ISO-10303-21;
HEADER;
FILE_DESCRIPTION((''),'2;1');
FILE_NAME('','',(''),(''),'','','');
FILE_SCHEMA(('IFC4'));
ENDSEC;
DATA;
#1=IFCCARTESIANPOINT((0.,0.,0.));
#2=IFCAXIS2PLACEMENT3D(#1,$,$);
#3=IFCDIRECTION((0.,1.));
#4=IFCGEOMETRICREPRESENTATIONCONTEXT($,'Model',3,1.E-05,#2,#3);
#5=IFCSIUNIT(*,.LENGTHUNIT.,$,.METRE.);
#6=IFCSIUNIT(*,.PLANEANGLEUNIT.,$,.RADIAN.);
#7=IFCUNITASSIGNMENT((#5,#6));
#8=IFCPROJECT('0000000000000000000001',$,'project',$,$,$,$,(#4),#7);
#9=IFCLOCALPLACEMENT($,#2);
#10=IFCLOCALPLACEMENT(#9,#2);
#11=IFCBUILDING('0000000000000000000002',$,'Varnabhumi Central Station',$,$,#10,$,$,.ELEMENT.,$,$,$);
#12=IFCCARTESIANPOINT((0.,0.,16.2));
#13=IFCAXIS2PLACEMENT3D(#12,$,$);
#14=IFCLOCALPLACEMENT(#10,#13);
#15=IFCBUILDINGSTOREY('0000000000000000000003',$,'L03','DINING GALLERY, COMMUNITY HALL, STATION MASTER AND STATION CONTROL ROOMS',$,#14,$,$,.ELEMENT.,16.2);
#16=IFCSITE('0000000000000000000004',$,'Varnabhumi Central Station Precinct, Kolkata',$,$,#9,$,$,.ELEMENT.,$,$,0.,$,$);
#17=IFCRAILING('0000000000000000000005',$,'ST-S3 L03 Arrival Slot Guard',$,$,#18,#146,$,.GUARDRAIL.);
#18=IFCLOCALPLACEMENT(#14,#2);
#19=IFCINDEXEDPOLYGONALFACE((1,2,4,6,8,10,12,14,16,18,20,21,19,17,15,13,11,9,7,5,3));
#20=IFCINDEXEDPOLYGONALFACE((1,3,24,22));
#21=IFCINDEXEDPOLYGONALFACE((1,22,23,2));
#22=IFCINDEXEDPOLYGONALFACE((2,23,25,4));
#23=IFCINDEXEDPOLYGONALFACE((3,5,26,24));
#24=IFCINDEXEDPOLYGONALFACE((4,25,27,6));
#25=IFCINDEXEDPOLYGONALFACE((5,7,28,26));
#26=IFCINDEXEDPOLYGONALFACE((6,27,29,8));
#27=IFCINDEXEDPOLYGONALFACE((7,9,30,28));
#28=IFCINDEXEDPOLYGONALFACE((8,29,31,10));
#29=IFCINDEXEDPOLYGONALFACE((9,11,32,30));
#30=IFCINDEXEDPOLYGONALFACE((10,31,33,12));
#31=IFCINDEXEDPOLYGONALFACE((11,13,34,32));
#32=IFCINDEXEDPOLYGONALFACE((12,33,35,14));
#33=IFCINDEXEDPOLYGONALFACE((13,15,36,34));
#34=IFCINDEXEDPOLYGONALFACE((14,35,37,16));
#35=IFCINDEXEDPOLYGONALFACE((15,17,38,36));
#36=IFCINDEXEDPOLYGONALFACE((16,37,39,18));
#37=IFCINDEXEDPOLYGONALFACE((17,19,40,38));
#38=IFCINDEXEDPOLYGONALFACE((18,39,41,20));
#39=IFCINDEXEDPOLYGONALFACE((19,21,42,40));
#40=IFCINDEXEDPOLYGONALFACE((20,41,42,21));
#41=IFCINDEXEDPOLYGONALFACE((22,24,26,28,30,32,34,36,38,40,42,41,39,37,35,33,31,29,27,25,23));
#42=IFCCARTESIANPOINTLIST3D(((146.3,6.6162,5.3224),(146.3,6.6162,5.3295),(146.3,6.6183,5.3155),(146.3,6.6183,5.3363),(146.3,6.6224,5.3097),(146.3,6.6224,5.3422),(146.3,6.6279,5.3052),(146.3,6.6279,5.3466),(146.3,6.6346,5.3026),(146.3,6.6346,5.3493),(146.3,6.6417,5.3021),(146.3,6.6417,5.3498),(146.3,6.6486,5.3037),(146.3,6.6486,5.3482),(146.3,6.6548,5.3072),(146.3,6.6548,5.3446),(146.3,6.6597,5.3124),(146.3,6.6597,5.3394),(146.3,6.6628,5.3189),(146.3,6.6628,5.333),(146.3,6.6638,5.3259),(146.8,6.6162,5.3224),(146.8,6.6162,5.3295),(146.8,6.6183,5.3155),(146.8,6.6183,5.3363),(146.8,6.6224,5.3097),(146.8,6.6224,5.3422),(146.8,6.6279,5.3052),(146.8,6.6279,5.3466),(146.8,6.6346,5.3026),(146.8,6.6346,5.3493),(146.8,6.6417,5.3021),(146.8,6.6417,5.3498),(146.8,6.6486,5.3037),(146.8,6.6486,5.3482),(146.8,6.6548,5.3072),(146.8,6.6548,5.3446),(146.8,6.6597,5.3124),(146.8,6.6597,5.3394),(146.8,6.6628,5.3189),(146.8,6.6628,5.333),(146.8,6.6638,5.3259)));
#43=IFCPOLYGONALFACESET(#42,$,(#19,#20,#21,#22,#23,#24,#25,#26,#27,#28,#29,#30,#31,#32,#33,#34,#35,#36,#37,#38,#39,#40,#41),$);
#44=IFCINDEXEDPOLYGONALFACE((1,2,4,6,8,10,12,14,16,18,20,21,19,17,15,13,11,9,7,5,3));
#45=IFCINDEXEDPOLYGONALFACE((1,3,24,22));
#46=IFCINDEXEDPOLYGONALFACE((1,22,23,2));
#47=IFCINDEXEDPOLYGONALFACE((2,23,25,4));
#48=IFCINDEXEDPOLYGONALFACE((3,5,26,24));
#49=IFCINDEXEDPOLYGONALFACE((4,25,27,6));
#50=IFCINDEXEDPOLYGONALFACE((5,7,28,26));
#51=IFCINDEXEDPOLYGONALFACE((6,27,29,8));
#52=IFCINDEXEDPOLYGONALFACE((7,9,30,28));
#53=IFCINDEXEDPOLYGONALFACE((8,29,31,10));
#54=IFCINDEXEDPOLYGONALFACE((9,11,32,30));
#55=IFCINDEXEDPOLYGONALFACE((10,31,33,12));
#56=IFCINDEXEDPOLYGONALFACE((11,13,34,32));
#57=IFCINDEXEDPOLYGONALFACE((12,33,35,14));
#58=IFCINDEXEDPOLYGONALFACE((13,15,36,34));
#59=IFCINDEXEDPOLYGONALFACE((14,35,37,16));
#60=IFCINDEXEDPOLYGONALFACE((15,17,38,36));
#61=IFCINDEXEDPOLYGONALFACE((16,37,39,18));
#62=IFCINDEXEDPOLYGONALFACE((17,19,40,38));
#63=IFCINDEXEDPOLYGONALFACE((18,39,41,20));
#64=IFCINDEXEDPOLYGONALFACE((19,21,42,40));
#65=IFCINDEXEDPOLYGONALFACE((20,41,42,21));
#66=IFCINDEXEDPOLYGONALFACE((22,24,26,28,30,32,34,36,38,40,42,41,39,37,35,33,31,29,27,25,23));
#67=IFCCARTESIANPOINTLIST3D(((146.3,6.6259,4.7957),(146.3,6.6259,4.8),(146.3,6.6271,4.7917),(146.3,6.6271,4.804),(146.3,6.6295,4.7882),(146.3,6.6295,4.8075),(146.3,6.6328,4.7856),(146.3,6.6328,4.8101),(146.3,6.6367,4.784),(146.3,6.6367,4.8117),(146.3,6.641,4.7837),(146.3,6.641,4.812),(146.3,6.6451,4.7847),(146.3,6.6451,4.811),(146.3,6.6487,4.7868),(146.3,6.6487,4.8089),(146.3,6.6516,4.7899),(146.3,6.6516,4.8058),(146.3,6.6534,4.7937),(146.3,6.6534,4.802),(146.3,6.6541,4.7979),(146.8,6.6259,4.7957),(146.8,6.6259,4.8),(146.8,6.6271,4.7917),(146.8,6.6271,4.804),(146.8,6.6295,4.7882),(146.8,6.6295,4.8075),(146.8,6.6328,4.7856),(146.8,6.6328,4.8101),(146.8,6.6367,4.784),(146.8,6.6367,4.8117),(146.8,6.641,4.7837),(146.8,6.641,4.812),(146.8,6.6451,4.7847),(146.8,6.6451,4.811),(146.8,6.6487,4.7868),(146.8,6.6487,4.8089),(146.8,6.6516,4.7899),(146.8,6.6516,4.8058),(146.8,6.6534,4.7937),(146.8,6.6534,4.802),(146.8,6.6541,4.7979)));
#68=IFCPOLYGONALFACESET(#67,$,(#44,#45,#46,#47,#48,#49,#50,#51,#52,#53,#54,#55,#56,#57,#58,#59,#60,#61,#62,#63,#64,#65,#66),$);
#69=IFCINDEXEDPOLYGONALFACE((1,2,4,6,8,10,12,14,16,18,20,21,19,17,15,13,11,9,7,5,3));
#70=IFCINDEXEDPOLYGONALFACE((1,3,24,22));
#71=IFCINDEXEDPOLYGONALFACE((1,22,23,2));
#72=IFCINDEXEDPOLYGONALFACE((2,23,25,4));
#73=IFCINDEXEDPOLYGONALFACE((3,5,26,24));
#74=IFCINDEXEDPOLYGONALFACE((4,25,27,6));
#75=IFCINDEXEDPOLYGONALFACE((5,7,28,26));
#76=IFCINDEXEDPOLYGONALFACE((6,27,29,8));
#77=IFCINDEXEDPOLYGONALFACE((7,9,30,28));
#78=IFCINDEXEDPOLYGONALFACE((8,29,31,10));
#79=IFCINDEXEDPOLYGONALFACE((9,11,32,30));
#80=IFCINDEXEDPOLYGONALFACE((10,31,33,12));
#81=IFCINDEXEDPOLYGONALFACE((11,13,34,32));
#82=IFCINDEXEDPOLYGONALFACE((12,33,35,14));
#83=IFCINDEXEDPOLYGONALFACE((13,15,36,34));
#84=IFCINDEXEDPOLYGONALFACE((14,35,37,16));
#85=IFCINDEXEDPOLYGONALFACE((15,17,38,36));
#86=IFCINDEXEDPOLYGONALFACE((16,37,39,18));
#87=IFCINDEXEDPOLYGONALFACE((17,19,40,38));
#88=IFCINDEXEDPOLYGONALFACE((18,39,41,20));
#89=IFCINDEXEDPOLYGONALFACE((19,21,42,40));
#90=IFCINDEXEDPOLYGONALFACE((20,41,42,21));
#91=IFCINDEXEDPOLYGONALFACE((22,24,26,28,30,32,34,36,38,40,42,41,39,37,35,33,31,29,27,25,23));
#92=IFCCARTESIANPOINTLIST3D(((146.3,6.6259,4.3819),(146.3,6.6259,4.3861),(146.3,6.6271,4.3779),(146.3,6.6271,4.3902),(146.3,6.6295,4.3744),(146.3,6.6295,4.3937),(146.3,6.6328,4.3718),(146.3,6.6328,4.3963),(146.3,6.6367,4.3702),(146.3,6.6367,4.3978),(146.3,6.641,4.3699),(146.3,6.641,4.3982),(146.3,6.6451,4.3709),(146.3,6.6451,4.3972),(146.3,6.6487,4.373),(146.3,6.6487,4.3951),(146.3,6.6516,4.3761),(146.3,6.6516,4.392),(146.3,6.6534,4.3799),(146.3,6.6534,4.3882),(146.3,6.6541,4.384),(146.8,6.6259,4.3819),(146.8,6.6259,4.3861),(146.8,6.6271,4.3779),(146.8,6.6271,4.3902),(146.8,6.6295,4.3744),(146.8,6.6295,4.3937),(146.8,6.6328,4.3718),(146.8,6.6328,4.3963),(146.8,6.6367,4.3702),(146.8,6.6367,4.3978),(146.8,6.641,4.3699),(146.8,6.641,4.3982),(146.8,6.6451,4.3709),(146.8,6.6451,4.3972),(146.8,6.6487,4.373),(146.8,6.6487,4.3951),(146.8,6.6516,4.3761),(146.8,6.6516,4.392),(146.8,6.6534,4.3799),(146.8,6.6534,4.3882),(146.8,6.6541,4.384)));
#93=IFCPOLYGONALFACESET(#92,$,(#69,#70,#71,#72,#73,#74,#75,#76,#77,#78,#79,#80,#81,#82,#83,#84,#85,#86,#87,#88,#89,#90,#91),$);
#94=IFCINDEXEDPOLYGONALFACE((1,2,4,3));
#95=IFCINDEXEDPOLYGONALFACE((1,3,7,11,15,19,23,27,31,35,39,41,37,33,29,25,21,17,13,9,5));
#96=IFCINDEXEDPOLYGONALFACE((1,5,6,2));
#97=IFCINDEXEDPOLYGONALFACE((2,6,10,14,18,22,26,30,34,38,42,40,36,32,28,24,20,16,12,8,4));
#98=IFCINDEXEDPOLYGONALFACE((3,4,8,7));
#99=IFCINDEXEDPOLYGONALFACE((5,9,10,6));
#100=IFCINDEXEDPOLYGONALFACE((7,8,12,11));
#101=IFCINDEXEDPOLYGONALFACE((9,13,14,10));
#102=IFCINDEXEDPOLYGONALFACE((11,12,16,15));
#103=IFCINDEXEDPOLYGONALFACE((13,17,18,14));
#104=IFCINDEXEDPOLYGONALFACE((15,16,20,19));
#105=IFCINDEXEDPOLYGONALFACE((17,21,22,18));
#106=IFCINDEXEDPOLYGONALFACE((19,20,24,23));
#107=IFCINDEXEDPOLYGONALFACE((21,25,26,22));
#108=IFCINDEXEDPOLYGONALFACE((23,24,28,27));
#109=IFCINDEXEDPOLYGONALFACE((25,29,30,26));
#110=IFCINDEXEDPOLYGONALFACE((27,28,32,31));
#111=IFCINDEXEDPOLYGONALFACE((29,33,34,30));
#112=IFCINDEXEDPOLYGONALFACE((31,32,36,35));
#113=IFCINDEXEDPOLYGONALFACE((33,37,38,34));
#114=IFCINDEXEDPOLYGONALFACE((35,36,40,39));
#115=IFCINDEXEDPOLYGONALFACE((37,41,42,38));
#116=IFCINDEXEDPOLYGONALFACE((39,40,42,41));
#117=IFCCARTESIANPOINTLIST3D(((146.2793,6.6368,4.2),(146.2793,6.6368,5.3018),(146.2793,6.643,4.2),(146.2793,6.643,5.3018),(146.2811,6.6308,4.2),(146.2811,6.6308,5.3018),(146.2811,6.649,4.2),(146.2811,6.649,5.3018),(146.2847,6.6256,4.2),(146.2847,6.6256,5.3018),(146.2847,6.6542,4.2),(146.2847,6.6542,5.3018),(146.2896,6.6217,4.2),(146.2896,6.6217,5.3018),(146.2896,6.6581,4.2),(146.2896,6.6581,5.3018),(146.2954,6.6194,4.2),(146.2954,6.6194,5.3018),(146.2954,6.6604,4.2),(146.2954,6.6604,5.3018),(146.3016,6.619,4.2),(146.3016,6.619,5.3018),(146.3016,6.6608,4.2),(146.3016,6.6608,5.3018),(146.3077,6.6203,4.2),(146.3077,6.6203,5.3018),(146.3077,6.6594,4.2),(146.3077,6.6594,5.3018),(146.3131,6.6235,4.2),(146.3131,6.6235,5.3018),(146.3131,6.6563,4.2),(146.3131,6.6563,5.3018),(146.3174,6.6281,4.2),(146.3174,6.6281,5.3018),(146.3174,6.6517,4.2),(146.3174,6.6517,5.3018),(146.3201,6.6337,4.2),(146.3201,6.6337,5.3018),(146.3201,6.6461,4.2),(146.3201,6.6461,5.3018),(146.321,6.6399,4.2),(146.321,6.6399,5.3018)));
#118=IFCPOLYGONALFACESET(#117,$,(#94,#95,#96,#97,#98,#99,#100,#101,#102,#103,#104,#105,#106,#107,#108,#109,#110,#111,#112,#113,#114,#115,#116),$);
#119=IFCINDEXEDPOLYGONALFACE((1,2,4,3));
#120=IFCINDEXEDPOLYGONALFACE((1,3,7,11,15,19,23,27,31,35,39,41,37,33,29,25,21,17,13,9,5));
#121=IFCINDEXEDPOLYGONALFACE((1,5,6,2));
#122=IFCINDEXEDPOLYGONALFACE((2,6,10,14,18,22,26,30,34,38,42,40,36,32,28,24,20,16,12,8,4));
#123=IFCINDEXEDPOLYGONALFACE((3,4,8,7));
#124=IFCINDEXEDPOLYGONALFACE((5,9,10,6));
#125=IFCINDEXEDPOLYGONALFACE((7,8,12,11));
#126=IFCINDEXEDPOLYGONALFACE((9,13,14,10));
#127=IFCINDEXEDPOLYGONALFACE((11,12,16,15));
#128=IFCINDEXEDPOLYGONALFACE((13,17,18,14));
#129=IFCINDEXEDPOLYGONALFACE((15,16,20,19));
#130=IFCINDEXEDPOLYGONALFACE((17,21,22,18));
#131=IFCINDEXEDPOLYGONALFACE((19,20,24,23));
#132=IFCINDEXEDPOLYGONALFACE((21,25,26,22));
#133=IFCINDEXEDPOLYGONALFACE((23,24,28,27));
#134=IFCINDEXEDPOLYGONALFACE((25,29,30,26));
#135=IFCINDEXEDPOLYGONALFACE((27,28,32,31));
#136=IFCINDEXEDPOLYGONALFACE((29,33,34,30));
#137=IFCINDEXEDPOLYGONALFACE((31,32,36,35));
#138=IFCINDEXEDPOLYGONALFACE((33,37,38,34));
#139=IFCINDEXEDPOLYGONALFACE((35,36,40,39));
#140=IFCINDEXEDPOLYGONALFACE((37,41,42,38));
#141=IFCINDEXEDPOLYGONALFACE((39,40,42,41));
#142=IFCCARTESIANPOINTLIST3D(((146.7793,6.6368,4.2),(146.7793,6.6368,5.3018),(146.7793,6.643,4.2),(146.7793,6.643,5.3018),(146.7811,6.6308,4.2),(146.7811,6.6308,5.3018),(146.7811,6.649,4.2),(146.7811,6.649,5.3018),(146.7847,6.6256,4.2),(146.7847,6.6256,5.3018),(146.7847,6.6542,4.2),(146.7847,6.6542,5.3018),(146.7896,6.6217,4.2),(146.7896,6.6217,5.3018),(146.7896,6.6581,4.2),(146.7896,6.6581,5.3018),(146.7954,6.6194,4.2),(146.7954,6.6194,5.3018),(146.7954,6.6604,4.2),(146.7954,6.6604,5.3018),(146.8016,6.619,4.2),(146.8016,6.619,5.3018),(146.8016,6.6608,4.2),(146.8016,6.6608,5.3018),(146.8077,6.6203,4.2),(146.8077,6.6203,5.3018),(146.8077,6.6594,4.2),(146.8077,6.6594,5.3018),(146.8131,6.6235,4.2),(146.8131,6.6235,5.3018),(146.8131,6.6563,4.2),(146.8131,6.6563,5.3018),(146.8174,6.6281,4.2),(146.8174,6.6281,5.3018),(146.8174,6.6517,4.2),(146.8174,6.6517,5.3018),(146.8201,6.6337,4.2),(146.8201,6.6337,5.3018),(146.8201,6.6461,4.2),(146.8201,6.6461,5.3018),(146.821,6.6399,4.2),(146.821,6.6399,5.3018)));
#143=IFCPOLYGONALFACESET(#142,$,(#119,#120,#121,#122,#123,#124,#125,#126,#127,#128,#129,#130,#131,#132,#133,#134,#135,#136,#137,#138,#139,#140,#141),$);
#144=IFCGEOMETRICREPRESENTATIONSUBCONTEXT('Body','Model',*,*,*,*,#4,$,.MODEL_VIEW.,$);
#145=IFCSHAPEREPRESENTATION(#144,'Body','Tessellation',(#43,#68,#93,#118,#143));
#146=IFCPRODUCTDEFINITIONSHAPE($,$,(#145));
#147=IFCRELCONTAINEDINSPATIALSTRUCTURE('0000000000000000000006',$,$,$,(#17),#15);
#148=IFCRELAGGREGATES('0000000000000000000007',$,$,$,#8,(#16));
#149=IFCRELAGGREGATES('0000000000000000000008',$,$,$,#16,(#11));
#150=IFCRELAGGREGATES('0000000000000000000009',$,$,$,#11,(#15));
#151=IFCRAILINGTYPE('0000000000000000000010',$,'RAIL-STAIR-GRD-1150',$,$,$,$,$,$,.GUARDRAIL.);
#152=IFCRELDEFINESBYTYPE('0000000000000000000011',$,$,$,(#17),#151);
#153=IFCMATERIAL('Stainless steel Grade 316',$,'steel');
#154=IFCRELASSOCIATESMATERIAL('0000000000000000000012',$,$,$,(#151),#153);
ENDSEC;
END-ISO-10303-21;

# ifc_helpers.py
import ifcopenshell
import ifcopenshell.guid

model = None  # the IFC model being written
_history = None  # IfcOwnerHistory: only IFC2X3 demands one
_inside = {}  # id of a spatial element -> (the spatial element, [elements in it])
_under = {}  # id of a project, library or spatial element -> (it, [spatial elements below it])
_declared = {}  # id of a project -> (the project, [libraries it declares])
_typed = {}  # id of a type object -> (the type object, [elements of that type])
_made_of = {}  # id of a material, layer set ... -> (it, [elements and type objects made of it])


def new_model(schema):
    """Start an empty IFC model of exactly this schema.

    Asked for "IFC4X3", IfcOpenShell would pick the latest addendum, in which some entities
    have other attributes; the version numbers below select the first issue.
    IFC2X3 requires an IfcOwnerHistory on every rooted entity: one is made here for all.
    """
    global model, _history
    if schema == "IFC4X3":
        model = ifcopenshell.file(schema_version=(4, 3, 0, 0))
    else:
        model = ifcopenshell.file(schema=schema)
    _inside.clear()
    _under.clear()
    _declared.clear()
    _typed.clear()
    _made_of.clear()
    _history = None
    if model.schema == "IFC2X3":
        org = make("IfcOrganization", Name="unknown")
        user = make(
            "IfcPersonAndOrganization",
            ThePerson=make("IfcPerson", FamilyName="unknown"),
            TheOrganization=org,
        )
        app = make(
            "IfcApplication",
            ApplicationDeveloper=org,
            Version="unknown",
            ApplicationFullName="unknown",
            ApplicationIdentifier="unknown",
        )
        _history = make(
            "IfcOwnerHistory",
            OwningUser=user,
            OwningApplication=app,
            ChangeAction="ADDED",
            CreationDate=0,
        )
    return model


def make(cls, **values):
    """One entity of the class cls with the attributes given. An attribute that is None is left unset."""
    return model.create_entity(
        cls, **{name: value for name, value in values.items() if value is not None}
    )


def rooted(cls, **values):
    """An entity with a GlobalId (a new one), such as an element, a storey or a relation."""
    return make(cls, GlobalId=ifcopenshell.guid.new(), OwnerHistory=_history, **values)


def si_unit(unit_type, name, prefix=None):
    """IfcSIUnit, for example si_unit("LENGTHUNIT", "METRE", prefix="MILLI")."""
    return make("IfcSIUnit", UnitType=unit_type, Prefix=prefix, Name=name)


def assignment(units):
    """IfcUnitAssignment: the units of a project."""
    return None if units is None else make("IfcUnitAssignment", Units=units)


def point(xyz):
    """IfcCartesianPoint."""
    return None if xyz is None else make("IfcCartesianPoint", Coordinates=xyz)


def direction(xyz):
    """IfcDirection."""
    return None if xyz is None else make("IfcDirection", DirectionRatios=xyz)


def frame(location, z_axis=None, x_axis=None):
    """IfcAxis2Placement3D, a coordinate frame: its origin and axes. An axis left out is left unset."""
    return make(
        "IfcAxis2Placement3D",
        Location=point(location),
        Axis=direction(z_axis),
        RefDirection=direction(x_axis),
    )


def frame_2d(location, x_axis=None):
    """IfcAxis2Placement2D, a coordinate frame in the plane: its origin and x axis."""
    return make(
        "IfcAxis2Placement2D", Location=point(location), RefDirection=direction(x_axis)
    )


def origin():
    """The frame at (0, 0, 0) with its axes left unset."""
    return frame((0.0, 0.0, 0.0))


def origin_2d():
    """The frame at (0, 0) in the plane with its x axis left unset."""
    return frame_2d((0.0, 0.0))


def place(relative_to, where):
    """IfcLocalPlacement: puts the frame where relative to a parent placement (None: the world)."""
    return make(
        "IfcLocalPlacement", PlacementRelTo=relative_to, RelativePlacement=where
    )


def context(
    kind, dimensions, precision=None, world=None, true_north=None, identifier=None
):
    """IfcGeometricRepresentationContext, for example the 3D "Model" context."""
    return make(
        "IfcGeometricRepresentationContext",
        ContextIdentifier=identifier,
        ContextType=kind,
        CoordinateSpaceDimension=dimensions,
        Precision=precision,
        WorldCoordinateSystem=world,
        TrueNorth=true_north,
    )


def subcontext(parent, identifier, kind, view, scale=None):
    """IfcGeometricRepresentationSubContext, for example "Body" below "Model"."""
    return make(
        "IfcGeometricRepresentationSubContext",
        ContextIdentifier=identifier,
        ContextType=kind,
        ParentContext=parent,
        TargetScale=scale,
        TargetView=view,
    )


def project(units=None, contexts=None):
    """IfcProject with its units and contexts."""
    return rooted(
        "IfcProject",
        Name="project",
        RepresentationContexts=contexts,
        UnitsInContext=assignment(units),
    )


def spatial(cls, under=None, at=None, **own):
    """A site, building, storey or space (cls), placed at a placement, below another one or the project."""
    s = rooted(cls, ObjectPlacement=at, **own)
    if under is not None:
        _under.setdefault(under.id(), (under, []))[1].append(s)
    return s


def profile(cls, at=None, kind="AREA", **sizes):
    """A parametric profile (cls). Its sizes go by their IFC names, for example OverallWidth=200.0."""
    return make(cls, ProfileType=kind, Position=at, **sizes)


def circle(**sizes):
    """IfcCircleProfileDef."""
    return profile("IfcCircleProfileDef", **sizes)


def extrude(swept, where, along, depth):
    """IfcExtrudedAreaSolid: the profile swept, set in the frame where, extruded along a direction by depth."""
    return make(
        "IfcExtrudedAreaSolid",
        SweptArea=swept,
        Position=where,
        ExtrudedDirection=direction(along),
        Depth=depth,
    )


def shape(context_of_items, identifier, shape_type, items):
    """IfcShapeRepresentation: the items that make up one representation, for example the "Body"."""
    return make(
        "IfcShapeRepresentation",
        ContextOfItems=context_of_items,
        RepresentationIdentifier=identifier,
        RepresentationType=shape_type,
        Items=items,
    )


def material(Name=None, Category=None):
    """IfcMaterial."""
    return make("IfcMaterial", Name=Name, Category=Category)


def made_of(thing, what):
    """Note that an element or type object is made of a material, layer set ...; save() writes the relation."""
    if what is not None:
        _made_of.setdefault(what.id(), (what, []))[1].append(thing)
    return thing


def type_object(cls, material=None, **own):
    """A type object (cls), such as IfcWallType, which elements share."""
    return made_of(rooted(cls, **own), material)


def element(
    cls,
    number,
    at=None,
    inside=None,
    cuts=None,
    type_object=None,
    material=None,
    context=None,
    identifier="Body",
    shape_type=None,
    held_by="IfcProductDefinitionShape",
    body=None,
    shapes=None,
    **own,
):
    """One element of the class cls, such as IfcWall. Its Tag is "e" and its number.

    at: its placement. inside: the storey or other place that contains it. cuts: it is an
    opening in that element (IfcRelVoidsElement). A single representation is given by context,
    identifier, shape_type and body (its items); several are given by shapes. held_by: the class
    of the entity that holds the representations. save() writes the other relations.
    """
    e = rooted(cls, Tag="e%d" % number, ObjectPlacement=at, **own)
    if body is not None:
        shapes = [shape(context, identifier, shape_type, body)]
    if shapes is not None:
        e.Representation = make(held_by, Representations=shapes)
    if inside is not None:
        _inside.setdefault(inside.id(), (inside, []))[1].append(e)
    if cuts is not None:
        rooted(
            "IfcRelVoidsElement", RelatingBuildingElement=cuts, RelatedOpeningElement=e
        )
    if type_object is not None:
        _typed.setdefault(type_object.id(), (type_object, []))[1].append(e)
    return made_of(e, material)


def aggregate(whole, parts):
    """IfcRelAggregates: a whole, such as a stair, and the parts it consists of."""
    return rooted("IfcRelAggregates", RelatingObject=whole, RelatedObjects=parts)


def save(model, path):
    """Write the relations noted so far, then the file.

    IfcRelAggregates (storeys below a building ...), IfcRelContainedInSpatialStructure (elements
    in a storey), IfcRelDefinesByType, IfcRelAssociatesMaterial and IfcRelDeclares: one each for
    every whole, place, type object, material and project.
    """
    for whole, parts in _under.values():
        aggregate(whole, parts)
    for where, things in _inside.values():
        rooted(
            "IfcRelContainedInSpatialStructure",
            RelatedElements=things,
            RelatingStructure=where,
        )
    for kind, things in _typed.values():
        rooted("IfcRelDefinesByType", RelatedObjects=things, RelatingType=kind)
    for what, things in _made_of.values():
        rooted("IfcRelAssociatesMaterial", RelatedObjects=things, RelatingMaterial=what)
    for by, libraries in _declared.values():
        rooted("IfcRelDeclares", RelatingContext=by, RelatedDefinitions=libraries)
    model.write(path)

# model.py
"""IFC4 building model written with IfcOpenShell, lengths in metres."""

from ifc_helpers import new_model, si_unit, direction, frame, origin, origin_2d, place, context, subcontext, project, spatial, circle, extrude, material, type_object, element, save


model = new_model("IFC4")

# Units and contexts
model_context = context("Model", 3, precision=1e-05, world=origin(), true_north=direction((0.0, 1.0)))
body_context = subcontext(model_context, "Body", "Model", "MODEL_VIEW")
ifc_project = project(units=[si_unit("LENGTHUNIT", "METRE"), si_unit("PLANEANGLEUNIT", "RADIAN")], contexts=[model_context])

# Site, building, storey
site_placement = place(None, origin())
site = spatial("IfcSite", under=ifc_project, at=site_placement, Name="Varnabhumi Central Station Precinct, Kolkata", CompositionType="ELEMENT", RefElevation=0.0)
building_placement = place(site_placement, origin())
building = spatial("IfcBuilding", under=site, at=building_placement, Name="Varnabhumi Central Station", CompositionType="ELEMENT")
storey_placement = place(building_placement, frame((0.0, 0.0, 16.2)))
storey = spatial("IfcBuildingStorey", under=building, at=storey_placement, Name="L03", Description="DINING GALLERY, COMMUNITY HALL, STATION MASTER AND STATION CONTROL ROOMS", CompositionType="ELEMENT", Elevation=16.2)

# Shared definitions
ifc_material_1 = material(Name="Stainless steel Grade 316", Category="steel")

# Railing
railing_type_1 = type_object("IfcRailingType", Name="RAIL-STAIR-GRD-1150", PredefinedType="GUARDRAIL", material=ifc_material_1)
for number, where, name in (
    (1, (146.3, 6.6399, 4.2), "ST-S3 L03 Arrival Slot Guard"),
):
    element("IfcRailing", number, at=place(storey_placement, frame(where)), inside=storey, type_object=railing_type_1, Name=name, PredefinedType="GUARDRAIL", context=body_context, shape_type="SweptSolid", body=[
        extrude(circle(Radius=0.0239, at=origin_2d()), frame((0.0, 0.0, 1.126), z_axis=(1.0, 0.0, 0.0), x_axis=(0.0, 1.0, 0.0)), (0.0, 0.0, 1.0), 0.5),
        extrude(circle(Radius=0.0142, at=origin_2d()), frame((0.0, 0.0, 0.5979), z_axis=(1.0, 0.0, 0.0), x_axis=(0.0, 1.0, 0.0)), (0.0, 0.0, 1.0), 0.5),
        extrude(circle(Radius=0.0142, at=origin_2d()), frame((0.0, 0.0, 0.1841), z_axis=(1.0, 0.0, 0.0), x_axis=(0.0, 1.0, 0.0)), (0.0, 0.0, 1.0), 0.5),
        extrude(circle(Radius=0.021, at=origin_2d()), origin(), (0.0, 0.0, 1.0), 1.1018),
        extrude(circle(Radius=0.021, at=origin_2d()), frame((0.5, 0.0, 0.0)), (0.0, 0.0, 1.0), 1.1018),
    ])

save(model, "model.ifc")
